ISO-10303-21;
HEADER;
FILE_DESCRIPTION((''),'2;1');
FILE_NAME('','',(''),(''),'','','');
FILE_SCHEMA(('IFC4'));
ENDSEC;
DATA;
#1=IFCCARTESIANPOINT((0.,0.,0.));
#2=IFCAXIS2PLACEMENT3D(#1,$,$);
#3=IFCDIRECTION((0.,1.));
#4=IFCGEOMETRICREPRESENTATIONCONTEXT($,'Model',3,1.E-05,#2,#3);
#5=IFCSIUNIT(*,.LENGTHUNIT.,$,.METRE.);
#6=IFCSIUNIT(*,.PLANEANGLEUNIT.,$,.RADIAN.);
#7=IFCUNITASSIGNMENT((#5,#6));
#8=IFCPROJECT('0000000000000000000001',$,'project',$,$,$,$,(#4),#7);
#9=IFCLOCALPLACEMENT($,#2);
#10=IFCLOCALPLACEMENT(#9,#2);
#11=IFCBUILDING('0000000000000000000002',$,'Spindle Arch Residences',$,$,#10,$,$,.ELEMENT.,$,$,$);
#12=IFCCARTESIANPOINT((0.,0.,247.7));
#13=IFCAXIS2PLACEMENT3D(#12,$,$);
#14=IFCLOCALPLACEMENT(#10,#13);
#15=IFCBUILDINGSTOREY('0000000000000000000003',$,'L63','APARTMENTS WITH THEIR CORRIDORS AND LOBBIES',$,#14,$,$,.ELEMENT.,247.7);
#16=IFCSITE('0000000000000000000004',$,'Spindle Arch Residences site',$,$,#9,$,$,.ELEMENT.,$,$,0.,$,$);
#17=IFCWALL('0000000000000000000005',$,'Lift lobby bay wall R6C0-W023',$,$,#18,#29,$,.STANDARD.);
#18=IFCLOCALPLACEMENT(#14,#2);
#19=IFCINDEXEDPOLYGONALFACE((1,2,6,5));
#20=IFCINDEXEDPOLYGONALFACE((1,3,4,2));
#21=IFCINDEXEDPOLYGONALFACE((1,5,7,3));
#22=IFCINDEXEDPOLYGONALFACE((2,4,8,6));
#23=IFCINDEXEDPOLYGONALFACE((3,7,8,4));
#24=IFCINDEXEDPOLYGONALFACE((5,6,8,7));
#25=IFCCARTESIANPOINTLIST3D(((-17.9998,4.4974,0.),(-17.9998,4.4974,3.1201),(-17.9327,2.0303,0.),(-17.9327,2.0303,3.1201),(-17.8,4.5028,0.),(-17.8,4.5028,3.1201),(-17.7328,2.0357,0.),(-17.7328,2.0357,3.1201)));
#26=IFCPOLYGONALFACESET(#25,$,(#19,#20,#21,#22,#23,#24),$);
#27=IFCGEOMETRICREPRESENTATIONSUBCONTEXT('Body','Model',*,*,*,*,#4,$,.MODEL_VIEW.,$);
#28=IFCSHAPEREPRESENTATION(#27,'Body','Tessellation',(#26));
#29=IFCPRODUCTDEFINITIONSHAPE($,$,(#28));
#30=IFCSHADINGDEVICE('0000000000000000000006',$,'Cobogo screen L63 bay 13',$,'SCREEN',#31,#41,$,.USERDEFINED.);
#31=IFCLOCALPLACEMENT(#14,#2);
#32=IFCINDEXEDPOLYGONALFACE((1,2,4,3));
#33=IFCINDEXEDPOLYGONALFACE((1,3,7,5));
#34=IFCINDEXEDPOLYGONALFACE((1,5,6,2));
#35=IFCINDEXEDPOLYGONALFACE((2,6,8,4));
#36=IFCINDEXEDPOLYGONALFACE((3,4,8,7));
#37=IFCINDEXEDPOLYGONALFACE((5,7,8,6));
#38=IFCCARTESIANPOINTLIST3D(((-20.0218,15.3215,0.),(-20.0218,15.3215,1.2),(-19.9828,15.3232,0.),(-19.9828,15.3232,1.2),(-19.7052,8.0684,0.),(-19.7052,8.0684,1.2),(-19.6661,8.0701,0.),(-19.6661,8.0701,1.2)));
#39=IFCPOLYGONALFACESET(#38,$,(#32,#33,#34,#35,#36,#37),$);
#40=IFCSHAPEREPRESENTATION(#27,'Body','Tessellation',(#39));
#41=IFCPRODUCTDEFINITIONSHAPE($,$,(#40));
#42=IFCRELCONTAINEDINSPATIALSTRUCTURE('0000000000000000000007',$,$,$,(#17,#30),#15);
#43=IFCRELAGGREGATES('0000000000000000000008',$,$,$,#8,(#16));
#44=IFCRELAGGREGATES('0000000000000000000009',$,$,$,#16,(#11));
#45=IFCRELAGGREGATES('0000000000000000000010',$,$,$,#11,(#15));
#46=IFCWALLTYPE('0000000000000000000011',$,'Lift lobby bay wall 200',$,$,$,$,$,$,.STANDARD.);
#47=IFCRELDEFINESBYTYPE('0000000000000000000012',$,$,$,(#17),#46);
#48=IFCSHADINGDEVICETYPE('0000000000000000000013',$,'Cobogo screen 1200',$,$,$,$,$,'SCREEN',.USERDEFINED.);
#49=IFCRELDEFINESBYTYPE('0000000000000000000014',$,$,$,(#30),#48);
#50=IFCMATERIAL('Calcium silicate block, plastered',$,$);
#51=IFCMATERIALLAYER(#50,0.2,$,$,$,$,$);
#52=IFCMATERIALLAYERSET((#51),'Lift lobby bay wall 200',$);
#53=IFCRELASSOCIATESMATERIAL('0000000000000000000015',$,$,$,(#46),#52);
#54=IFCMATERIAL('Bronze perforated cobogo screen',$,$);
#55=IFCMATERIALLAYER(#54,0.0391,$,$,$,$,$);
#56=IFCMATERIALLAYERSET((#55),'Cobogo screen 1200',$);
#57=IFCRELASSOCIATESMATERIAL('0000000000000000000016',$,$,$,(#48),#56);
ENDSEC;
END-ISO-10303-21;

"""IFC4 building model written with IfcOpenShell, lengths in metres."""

from ifc_helpers import new_model, si_unit, direction, frame, frame_2d, origin, origin_2d, place, context, subcontext, project, spatial, rectangle, extrude, material, layer, layer_set, type_object, element, save


model = new_model("IFC4")

# Units and contexts
model_context = context("Model", 3, precision=1e-05, world=origin(), true_north=direction((0.0, 1.0)))
body_context = subcontext(model_context, "Body", "Model", "MODEL_VIEW")
ifc_project = project(units=[si_unit("LENGTHUNIT", "METRE"), si_unit("PLANEANGLEUNIT", "RADIAN")], contexts=[model_context])

# Site, building, storey
site_placement = place(None, origin())
site = spatial("IfcSite", under=ifc_project, at=site_placement, Name="Spindle Arch Residences site", CompositionType="ELEMENT", RefElevation=0.0)
building_placement = place(site_placement, origin())
building = spatial("IfcBuilding", under=site, at=building_placement, Name="Spindle Arch Residences", CompositionType="ELEMENT")
storey_placement = place(building_placement, frame((0.0, 0.0, 247.7)))
storey = spatial("IfcBuildingStorey", under=building, at=storey_placement, Name="L63", Description="APARTMENTS WITH THEIR CORRIDORS AND LOBBIES", CompositionType="ELEMENT", Elevation=247.7)

# Shared definitions
ifc_material_1 = material(Name="Calcium silicate block, plastered")
ifc_layer_1 = layer(ifc_material_1, 0.2)
ifc_layer_set_1 = layer_set([ifc_layer_1], Name="Lift lobby bay wall 200")
wall_type_1 = type_object("IfcWallType", Name="Lift lobby bay wall 200", PredefinedType="STANDARD", material=ifc_layer_set_1)

# Wall
wall_1_placement = place(storey_placement, frame((-17.8999, 4.5, 0.0), z_axis=(0.0, 0.0, 1.0), x_axis=(0.027204, -0.99963, 0.0)))
element("IfcWall", 1, at=wall_1_placement, inside=storey, type_object=wall_type_1, Name="Lift lobby bay wall R6C0-W023", PredefinedType="STANDARD", context=body_context, shape_type="SweptSolid", body=[
    extrude(rectangle(XDim=2.468, YDim=0.2, at=frame_2d((1.2339, 0.0))), origin(), (0.0, 0.0, 1.0), 3.1201),
])

# Shading device
ifc_material_2 = material(Name="Bronze perforated cobogo screen")
ifc_layer_2 = layer(ifc_material_2, 0.0391)
ifc_layer_set_2 = layer_set([ifc_layer_2], Name="Cobogo screen 1200")
shading_device_type = type_object("IfcShadingDeviceType", Name="Cobogo screen 1200", ElementType="SCREEN", PredefinedType="USERDEFINED", material=ifc_layer_set_2)
shading_device_placement = place(storey_placement, frame((-19.844, 11.6958, 0.0), z_axis=(0.0, 0.0, 1.0), x_axis=(0.043619, -0.999048, 0.0)))
element("IfcShadingDevice", 2, at=shading_device_placement, inside=storey, type_object=shading_device_type, Name="Cobogo screen L63 bay 13", ObjectType="SCREEN", PredefinedType="USERDEFINED", context=body_context, shape_type="SweptSolid", body=[
    extrude(rectangle(XDim=7.26, YDim=0.0391, at=origin_2d()), origin(), (0.0, 0.0, 1.0), 1.2),
])

save(model, "model.ifc")
